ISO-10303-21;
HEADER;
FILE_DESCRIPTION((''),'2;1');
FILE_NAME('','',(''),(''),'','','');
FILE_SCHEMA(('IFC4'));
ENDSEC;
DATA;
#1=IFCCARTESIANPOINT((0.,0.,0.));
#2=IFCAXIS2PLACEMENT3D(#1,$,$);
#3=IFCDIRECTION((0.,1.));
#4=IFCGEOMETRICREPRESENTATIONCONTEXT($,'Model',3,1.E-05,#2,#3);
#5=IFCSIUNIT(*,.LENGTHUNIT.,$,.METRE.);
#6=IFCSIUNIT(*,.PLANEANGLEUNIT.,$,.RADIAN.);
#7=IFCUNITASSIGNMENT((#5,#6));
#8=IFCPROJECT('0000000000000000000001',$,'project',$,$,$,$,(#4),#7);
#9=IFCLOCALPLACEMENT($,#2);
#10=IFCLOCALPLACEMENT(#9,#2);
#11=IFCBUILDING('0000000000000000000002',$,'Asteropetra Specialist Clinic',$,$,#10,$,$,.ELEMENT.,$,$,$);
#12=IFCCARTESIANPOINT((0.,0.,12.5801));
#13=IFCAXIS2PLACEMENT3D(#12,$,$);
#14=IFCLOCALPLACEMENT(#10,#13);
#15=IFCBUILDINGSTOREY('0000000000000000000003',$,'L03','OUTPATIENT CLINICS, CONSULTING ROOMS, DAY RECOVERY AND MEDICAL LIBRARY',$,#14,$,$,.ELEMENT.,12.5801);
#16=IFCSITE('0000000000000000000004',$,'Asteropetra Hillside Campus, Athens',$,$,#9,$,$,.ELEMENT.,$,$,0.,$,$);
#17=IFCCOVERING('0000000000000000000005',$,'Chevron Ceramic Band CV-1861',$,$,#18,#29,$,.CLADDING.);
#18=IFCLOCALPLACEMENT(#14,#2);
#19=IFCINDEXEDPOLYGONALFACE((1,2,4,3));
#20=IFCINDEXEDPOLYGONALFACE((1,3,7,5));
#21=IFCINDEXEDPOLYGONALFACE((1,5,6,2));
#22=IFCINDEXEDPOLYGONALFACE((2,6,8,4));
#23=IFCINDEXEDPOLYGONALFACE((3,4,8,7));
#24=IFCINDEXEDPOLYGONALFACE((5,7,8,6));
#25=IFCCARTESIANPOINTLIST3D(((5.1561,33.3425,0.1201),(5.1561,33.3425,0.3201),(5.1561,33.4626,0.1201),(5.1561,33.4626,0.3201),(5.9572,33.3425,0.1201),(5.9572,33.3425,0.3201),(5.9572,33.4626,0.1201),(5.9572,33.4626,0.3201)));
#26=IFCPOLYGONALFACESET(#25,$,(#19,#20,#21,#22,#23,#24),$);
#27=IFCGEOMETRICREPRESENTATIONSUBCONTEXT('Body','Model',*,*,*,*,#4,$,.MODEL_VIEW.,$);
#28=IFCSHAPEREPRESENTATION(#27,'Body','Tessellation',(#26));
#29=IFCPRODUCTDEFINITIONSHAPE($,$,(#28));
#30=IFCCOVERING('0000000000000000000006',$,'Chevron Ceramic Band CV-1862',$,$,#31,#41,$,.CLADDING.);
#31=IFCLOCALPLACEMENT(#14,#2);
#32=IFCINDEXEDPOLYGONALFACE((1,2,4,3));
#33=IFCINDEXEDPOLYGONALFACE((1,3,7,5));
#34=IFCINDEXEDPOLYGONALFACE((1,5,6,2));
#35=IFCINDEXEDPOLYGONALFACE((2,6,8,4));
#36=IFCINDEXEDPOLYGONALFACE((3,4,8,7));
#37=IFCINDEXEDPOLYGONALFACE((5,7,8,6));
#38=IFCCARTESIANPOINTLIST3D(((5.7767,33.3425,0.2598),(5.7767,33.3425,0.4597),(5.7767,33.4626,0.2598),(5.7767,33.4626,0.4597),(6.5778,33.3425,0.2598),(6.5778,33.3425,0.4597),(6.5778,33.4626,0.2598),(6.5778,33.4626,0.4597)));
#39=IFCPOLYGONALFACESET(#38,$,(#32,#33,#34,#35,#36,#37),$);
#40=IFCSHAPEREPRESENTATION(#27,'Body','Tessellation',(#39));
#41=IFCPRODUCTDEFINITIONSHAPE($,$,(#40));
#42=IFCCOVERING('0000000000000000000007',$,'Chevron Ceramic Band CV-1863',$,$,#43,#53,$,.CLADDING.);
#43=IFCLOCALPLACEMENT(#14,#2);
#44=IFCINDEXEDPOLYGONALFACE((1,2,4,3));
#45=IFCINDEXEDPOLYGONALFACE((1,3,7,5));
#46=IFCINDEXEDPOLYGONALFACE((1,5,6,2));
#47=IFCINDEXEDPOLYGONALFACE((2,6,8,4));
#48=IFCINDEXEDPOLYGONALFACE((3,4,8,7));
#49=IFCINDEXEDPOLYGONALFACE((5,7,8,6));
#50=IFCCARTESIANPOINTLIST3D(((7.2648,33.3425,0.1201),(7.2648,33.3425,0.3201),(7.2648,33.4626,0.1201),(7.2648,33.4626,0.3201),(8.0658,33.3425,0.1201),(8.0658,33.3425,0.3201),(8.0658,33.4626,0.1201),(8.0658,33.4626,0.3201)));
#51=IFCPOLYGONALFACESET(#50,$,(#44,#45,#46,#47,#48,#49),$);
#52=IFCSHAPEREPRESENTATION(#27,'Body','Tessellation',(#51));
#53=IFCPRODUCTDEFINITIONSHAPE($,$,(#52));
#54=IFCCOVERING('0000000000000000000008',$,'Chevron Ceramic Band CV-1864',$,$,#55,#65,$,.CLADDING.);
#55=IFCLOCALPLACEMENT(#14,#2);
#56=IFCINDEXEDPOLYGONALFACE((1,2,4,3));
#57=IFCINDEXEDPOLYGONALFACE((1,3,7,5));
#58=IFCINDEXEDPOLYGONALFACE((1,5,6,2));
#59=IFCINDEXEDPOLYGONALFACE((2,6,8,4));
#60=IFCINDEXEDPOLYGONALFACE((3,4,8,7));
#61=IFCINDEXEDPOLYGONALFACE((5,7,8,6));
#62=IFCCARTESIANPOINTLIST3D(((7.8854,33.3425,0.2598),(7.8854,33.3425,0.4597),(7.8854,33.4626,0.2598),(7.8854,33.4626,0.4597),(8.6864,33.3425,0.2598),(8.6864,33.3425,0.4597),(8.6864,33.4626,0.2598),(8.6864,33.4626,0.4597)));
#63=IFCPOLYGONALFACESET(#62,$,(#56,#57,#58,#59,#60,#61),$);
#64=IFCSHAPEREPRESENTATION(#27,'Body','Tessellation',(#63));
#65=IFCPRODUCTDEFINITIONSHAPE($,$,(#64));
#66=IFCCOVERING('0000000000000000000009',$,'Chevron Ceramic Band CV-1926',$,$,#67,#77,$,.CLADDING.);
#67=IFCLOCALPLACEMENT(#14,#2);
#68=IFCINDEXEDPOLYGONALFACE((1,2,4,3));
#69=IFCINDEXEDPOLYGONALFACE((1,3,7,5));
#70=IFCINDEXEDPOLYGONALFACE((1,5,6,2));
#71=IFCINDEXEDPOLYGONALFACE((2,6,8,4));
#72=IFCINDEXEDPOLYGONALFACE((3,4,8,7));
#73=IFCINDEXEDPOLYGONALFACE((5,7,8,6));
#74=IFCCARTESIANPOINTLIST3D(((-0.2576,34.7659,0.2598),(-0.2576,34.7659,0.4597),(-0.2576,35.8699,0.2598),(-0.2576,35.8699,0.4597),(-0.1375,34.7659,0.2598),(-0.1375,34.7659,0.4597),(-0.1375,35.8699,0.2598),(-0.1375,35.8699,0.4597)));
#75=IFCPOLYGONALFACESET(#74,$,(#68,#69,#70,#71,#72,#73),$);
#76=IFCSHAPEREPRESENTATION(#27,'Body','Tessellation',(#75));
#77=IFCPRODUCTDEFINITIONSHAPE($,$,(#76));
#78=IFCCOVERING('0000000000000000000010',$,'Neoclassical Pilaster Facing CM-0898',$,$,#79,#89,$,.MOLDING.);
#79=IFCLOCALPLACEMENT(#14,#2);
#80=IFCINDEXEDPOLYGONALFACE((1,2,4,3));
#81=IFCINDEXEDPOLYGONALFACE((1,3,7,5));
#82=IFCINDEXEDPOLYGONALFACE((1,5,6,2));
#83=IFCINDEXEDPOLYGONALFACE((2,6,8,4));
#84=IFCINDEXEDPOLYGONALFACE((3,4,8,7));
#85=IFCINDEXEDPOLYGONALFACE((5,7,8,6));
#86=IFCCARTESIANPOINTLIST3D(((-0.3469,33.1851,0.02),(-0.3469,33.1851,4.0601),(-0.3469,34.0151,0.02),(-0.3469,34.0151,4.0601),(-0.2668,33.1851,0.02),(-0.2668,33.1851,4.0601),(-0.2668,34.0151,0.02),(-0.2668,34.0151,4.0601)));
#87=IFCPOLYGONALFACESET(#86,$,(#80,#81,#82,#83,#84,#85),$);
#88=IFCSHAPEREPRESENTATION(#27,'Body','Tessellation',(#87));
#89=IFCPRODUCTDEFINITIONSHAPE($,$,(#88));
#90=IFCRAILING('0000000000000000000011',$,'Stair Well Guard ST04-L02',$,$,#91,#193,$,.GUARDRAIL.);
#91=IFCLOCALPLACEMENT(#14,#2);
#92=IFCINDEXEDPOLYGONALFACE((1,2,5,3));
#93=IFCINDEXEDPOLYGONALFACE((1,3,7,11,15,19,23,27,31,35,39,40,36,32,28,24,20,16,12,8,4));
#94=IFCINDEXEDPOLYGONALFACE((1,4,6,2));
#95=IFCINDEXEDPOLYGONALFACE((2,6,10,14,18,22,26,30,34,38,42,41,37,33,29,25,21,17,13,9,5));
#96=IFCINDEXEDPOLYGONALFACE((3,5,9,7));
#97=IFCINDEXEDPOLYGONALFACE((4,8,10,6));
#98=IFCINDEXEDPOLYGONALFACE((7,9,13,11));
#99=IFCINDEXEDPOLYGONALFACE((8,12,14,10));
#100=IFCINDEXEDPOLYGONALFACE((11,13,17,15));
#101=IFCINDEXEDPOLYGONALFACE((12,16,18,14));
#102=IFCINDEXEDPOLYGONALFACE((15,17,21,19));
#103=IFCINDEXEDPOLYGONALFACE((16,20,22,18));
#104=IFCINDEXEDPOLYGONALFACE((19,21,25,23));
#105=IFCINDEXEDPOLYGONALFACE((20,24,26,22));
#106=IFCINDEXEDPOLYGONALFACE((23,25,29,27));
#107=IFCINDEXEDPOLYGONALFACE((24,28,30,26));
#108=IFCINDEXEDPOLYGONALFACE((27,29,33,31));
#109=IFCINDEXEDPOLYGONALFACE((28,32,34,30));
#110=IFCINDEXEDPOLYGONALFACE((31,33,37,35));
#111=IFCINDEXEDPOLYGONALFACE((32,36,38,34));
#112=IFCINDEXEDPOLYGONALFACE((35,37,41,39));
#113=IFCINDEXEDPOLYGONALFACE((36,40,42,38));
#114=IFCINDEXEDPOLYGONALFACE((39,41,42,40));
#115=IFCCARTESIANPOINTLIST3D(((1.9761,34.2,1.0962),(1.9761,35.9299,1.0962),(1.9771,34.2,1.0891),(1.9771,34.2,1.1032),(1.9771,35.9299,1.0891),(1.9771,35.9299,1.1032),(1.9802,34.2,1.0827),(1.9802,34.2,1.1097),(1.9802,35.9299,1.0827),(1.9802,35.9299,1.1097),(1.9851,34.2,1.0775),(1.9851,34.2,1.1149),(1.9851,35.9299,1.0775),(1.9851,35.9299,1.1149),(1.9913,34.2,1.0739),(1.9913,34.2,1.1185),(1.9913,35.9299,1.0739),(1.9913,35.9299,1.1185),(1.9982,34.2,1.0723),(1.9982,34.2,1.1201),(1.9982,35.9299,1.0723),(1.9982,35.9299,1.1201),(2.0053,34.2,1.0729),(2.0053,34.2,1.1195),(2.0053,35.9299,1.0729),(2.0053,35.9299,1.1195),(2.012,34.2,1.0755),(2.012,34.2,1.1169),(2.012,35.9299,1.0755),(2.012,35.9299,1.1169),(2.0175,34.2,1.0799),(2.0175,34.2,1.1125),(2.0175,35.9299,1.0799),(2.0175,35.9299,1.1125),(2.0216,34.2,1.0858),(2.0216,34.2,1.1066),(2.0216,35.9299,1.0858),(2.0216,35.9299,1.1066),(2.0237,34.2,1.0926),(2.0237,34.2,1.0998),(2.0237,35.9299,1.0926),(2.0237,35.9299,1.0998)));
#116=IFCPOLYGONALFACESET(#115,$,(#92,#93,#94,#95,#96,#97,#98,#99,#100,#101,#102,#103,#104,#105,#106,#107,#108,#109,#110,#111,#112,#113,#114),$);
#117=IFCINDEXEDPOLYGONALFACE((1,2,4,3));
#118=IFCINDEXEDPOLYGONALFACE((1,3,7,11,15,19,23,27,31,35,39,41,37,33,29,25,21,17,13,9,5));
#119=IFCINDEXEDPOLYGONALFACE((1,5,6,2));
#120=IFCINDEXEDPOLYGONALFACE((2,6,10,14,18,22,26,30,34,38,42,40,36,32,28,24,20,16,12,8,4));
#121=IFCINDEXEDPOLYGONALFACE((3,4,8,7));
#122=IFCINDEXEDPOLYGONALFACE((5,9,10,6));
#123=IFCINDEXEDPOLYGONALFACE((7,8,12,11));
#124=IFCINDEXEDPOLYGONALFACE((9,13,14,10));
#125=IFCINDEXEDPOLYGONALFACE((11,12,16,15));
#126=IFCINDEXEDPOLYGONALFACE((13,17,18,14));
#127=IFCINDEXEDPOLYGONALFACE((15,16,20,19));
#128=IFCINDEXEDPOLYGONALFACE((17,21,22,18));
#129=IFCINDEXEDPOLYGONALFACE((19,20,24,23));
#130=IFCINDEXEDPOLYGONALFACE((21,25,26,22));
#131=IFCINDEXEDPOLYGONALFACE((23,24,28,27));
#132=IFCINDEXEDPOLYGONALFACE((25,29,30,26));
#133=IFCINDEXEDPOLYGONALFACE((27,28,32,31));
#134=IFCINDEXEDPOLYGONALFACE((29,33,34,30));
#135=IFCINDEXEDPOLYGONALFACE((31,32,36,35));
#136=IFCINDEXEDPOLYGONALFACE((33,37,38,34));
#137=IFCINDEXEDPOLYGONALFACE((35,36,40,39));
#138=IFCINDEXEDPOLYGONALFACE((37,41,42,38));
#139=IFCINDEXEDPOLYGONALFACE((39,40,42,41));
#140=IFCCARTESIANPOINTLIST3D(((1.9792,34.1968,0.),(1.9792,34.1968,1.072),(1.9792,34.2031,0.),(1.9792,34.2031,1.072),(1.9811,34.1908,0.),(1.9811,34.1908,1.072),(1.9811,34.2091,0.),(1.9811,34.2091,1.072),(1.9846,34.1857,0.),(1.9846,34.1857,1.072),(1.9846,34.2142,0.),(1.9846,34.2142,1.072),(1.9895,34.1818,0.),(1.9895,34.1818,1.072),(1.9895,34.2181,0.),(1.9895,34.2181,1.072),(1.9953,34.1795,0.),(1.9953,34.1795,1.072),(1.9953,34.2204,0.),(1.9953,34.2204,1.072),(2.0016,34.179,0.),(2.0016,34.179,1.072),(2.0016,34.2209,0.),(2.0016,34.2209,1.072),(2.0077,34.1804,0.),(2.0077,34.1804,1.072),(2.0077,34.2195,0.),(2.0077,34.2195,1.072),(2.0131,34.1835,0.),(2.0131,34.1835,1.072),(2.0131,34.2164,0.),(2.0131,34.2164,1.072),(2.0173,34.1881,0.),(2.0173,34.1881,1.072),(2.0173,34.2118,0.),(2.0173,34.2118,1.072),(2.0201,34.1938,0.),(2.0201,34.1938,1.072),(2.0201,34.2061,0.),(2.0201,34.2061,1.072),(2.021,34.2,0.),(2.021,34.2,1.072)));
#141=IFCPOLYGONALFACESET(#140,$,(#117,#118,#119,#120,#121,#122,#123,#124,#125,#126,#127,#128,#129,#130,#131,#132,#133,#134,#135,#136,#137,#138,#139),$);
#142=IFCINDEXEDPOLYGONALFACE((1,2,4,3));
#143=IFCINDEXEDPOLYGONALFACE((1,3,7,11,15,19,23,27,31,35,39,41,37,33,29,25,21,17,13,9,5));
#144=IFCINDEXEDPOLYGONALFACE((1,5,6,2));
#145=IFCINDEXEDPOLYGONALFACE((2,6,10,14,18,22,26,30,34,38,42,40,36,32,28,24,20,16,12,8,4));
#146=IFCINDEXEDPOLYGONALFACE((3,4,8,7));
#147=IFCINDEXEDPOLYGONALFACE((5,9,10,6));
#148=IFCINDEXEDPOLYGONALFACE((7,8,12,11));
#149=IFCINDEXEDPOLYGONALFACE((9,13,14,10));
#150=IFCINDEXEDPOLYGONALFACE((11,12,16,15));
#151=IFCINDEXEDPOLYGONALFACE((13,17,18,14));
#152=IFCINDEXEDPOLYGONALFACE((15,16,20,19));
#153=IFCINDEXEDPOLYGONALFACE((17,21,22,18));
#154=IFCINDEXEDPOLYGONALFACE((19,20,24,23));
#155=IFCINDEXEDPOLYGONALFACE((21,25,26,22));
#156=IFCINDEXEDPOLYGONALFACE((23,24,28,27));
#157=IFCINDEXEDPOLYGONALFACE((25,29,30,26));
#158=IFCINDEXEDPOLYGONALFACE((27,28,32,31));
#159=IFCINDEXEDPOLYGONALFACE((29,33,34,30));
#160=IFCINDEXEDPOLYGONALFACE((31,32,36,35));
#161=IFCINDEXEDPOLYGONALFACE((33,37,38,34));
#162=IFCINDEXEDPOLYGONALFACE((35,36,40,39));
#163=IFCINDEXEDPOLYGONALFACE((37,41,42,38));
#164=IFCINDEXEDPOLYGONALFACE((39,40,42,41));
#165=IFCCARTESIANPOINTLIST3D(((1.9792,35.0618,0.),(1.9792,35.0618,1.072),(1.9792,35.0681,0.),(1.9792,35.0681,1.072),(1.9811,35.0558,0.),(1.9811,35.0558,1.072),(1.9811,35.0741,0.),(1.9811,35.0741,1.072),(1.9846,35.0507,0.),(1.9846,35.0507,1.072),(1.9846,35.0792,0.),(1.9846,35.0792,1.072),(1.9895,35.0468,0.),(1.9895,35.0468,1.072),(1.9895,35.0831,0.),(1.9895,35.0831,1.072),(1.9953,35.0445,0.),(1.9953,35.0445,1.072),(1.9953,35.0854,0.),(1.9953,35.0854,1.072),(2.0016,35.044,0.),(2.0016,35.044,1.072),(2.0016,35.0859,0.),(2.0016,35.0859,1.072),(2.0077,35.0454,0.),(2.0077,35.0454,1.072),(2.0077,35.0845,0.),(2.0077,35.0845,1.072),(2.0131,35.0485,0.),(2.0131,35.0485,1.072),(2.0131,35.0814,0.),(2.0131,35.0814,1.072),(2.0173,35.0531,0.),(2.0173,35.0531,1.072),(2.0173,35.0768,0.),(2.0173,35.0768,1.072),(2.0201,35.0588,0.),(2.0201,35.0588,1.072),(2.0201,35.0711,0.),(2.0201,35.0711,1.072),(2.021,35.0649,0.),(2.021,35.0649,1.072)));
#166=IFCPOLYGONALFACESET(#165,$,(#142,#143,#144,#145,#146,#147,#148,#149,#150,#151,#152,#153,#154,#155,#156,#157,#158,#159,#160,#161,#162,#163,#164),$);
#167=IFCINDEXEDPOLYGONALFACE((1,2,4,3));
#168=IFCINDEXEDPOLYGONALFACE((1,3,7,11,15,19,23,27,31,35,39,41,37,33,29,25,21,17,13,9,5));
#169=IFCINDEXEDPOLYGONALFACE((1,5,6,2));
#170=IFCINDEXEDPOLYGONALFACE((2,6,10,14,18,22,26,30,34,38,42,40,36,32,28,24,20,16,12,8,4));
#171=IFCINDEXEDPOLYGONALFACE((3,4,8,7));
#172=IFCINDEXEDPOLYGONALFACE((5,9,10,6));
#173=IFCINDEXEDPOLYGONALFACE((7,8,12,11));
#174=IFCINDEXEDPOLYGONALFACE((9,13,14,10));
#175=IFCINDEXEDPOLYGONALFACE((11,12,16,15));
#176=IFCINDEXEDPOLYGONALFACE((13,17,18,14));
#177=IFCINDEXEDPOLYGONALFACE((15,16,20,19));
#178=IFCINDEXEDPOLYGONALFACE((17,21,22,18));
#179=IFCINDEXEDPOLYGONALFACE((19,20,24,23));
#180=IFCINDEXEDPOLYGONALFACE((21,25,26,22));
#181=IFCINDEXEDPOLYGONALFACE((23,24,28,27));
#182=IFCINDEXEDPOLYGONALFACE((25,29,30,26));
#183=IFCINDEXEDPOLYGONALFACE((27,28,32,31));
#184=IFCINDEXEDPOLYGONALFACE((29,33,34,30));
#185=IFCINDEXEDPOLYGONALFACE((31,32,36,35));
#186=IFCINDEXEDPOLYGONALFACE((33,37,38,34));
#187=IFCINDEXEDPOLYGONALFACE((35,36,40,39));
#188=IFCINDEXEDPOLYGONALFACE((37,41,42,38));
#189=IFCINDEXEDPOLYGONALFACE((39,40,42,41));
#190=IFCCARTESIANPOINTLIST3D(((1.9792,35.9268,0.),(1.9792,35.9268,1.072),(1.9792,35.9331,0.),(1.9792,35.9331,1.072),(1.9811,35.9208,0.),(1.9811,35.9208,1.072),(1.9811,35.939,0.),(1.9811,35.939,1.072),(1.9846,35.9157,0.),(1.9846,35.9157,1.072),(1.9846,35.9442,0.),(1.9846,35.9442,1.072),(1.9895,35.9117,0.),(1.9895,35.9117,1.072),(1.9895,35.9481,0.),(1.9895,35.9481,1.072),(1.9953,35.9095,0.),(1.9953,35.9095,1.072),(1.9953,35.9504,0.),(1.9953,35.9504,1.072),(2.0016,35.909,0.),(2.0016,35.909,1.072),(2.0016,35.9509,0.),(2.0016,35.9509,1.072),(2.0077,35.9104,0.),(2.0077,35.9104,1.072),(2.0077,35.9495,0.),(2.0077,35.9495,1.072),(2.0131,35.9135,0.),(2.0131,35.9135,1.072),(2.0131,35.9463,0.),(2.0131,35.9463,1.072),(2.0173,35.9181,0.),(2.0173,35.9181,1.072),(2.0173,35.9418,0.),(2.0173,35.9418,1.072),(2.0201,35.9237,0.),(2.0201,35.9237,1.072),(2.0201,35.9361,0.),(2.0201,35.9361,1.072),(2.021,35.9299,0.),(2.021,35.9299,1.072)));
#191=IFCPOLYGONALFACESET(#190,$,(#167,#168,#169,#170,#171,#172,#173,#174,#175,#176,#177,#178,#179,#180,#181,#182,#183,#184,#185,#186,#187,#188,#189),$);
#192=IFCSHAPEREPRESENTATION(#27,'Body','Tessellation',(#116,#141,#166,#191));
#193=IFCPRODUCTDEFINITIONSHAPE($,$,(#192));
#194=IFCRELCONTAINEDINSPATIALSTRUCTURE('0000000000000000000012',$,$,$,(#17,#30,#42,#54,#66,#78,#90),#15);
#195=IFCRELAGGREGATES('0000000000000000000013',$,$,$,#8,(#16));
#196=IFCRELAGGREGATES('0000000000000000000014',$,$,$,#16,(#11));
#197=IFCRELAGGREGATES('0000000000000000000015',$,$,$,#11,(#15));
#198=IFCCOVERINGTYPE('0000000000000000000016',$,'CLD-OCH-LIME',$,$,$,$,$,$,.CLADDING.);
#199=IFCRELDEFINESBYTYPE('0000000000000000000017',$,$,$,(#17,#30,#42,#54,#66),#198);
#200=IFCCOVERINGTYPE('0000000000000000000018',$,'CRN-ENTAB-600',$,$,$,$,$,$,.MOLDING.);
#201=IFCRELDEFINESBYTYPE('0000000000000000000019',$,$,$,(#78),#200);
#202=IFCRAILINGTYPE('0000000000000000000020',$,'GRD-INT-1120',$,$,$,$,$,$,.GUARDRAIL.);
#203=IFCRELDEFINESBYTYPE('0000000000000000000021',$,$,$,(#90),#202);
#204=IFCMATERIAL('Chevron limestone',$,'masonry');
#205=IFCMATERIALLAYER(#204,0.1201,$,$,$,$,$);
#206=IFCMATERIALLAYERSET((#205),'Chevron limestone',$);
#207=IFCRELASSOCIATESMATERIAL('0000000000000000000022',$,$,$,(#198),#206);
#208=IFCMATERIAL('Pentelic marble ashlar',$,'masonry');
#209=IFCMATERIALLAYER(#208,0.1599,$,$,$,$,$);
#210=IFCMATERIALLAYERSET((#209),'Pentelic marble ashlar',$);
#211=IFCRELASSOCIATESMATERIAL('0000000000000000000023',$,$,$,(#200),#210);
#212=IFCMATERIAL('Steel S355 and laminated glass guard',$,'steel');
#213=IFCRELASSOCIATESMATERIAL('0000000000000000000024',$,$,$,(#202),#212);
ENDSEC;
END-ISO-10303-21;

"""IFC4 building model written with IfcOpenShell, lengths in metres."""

from ifc_helpers import new_model, si_unit, direction, frame, origin, origin_2d, place, context, subcontext, project, spatial, rectangle, circle, extrude, material, layer, layer_set, type_object, element, save


model = new_model("IFC4")

# Units and contexts
model_context = context("Model", 3, precision=1e-05, world=origin(), true_north=direction((0.0, 1.0)))
body_context = subcontext(model_context, "Body", "Model", "MODEL_VIEW")
ifc_project = project(units=[si_unit("LENGTHUNIT", "METRE"), si_unit("PLANEANGLEUNIT", "RADIAN")], contexts=[model_context])

# Site, building, storey
site_placement = place(None, origin())
site = spatial("IfcSite", under=ifc_project, at=site_placement, Name="Asteropetra Hillside Campus, Athens", CompositionType="ELEMENT", RefElevation=0.0)
building_placement = place(site_placement, origin())
building = spatial("IfcBuilding", under=site, at=building_placement, Name="Asteropetra Specialist Clinic", CompositionType="ELEMENT")
storey_placement = place(building_placement, frame((0.0, 0.0, 12.5801)))
storey = spatial("IfcBuildingStorey", under=building, at=storey_placement, Name="L03", Description="OUTPATIENT CLINICS, CONSULTING ROOMS, DAY RECOVERY AND MEDICAL LIBRARY", CompositionType="ELEMENT", Elevation=12.5801)

# Coverings
ifc_material_1 = material(Name="Chevron limestone", Category="masonry")
ifc_layer_1 = layer(ifc_material_1, 0.1201)
ifc_layer_set_1 = layer_set([ifc_layer_1], Name="Chevron limestone")
covering_type_1 = type_object("IfcCoveringType", Name="CLD-OCH-LIME", PredefinedType="CLADDING", material=ifc_layer_set_1)
for number, where, z_axis, x_axis, name in (
    (1, (5.5566, 33.4026, 0.1201), (0.0, 0.0, 1.0), (1.0, 0.0, 0.0), "Chevron Ceramic Band CV-1861"),
    (2, (6.1772, 33.4026, 0.2598), (0.0, 0.0, 1.0), (1.0, 0.0, 0.0), "Chevron Ceramic Band CV-1862"),
    (3, (7.6653, 33.4026, 0.1201), (0.0, 0.0, 1.0), (1.0, 0.0, 0.0), "Chevron Ceramic Band CV-1863"),
    (4, (8.2859, 33.4026, 0.2598), (0.0, 0.0, 1.0), (1.0, 0.0, 0.0), "Chevron Ceramic Band CV-1864"),
):
    element("IfcCovering", number, at=place(storey_placement, frame(where, z_axis=z_axis, x_axis=x_axis)), inside=storey, type_object=covering_type_1, Name=name, PredefinedType="CLADDING", context=body_context, shape_type="SweptSolid", body=[
        extrude(rectangle(XDim=0.801, YDim=0.1201, at=origin_2d()), origin(), (0.0, 0.0, 1.0), 0.2),
    ])
covering_1_placement = place(storey_placement, frame((-0.1975, 35.3179, 0.2598), z_axis=(0.0, 0.0, 1.0), x_axis=(1.0, 0.0, 0.0)))
element("IfcCovering", 5, at=covering_1_placement, inside=storey, type_object=covering_type_1, Name="Chevron Ceramic Band CV-1926", PredefinedType="CLADDING", context=body_context, shape_type="SweptSolid", body=[
    extrude(rectangle(XDim=0.1201, YDim=1.104, at=origin_2d()), origin(), (0.0, 0.0, 1.0), 0.2),
])
ifc_material_2 = material(Name="Pentelic marble ashlar", Category="masonry")
ifc_layer_2 = layer(ifc_material_2, 0.1599)
ifc_layer_set_2 = layer_set([ifc_layer_2], Name="Pentelic marble ashlar")
covering_type_2 = type_object("IfcCoveringType", Name="CRN-ENTAB-600", PredefinedType="MOLDING", material=ifc_layer_set_2)
covering_2_placement = place(storey_placement, frame((-0.3069, 33.6001, 0.02), z_axis=(0.0, 0.0, 1.0), x_axis=(1.0, 0.0, 0.0)))
element("IfcCovering", 6, at=covering_2_placement, inside=storey, type_object=covering_type_2, Name="Neoclassical Pilaster Facing CM-0898", PredefinedType="MOLDING", context=body_context, shape_type="SweptSolid", body=[
    extrude(rectangle(XDim=0.0801, YDim=0.8301, at=origin_2d()), origin(), (0.0, 0.0, 1.0), 4.04),
])

# Railing
ifc_material_3 = material(Name="Steel S355 and laminated glass guard", Category="steel")
railing_type = type_object("IfcRailingType", Name="GRD-INT-1120", PredefinedType="GUARDRAIL", material=ifc_material_3)
railing_placement = place(storey_placement, frame((2.0, 34.2, 0.0)))
element("IfcRailing", 7, at=railing_placement, inside=storey, type_object=railing_type, Name="Stair Well Guard ST04-L02", PredefinedType="GUARDRAIL", context=body_context, shape_type="SweptSolid", body=[
    extrude(circle(Radius=0.0239, at=origin_2d()), frame((0.0, 0.0, 1.0962), z_axis=(0.0, 1.0, 0.0), x_axis=(-1.0, 0.0, 0.0)), (0.0, 0.0, 1.0), 1.73),
    extrude(circle(Radius=0.021, at=origin_2d()), origin(), (0.0, 0.0, 1.0), 1.072),
    extrude(circle(Radius=0.021, at=origin_2d()), frame((0.0, 0.865, 0.0)), (0.0, 0.0, 1.0), 1.072),
    extrude(circle(Radius=0.021, at=origin_2d()), frame((0.0, 1.73, 0.0)), (0.0, 0.0, 1.0), 1.072),
])

save(model, "model.ifc")
